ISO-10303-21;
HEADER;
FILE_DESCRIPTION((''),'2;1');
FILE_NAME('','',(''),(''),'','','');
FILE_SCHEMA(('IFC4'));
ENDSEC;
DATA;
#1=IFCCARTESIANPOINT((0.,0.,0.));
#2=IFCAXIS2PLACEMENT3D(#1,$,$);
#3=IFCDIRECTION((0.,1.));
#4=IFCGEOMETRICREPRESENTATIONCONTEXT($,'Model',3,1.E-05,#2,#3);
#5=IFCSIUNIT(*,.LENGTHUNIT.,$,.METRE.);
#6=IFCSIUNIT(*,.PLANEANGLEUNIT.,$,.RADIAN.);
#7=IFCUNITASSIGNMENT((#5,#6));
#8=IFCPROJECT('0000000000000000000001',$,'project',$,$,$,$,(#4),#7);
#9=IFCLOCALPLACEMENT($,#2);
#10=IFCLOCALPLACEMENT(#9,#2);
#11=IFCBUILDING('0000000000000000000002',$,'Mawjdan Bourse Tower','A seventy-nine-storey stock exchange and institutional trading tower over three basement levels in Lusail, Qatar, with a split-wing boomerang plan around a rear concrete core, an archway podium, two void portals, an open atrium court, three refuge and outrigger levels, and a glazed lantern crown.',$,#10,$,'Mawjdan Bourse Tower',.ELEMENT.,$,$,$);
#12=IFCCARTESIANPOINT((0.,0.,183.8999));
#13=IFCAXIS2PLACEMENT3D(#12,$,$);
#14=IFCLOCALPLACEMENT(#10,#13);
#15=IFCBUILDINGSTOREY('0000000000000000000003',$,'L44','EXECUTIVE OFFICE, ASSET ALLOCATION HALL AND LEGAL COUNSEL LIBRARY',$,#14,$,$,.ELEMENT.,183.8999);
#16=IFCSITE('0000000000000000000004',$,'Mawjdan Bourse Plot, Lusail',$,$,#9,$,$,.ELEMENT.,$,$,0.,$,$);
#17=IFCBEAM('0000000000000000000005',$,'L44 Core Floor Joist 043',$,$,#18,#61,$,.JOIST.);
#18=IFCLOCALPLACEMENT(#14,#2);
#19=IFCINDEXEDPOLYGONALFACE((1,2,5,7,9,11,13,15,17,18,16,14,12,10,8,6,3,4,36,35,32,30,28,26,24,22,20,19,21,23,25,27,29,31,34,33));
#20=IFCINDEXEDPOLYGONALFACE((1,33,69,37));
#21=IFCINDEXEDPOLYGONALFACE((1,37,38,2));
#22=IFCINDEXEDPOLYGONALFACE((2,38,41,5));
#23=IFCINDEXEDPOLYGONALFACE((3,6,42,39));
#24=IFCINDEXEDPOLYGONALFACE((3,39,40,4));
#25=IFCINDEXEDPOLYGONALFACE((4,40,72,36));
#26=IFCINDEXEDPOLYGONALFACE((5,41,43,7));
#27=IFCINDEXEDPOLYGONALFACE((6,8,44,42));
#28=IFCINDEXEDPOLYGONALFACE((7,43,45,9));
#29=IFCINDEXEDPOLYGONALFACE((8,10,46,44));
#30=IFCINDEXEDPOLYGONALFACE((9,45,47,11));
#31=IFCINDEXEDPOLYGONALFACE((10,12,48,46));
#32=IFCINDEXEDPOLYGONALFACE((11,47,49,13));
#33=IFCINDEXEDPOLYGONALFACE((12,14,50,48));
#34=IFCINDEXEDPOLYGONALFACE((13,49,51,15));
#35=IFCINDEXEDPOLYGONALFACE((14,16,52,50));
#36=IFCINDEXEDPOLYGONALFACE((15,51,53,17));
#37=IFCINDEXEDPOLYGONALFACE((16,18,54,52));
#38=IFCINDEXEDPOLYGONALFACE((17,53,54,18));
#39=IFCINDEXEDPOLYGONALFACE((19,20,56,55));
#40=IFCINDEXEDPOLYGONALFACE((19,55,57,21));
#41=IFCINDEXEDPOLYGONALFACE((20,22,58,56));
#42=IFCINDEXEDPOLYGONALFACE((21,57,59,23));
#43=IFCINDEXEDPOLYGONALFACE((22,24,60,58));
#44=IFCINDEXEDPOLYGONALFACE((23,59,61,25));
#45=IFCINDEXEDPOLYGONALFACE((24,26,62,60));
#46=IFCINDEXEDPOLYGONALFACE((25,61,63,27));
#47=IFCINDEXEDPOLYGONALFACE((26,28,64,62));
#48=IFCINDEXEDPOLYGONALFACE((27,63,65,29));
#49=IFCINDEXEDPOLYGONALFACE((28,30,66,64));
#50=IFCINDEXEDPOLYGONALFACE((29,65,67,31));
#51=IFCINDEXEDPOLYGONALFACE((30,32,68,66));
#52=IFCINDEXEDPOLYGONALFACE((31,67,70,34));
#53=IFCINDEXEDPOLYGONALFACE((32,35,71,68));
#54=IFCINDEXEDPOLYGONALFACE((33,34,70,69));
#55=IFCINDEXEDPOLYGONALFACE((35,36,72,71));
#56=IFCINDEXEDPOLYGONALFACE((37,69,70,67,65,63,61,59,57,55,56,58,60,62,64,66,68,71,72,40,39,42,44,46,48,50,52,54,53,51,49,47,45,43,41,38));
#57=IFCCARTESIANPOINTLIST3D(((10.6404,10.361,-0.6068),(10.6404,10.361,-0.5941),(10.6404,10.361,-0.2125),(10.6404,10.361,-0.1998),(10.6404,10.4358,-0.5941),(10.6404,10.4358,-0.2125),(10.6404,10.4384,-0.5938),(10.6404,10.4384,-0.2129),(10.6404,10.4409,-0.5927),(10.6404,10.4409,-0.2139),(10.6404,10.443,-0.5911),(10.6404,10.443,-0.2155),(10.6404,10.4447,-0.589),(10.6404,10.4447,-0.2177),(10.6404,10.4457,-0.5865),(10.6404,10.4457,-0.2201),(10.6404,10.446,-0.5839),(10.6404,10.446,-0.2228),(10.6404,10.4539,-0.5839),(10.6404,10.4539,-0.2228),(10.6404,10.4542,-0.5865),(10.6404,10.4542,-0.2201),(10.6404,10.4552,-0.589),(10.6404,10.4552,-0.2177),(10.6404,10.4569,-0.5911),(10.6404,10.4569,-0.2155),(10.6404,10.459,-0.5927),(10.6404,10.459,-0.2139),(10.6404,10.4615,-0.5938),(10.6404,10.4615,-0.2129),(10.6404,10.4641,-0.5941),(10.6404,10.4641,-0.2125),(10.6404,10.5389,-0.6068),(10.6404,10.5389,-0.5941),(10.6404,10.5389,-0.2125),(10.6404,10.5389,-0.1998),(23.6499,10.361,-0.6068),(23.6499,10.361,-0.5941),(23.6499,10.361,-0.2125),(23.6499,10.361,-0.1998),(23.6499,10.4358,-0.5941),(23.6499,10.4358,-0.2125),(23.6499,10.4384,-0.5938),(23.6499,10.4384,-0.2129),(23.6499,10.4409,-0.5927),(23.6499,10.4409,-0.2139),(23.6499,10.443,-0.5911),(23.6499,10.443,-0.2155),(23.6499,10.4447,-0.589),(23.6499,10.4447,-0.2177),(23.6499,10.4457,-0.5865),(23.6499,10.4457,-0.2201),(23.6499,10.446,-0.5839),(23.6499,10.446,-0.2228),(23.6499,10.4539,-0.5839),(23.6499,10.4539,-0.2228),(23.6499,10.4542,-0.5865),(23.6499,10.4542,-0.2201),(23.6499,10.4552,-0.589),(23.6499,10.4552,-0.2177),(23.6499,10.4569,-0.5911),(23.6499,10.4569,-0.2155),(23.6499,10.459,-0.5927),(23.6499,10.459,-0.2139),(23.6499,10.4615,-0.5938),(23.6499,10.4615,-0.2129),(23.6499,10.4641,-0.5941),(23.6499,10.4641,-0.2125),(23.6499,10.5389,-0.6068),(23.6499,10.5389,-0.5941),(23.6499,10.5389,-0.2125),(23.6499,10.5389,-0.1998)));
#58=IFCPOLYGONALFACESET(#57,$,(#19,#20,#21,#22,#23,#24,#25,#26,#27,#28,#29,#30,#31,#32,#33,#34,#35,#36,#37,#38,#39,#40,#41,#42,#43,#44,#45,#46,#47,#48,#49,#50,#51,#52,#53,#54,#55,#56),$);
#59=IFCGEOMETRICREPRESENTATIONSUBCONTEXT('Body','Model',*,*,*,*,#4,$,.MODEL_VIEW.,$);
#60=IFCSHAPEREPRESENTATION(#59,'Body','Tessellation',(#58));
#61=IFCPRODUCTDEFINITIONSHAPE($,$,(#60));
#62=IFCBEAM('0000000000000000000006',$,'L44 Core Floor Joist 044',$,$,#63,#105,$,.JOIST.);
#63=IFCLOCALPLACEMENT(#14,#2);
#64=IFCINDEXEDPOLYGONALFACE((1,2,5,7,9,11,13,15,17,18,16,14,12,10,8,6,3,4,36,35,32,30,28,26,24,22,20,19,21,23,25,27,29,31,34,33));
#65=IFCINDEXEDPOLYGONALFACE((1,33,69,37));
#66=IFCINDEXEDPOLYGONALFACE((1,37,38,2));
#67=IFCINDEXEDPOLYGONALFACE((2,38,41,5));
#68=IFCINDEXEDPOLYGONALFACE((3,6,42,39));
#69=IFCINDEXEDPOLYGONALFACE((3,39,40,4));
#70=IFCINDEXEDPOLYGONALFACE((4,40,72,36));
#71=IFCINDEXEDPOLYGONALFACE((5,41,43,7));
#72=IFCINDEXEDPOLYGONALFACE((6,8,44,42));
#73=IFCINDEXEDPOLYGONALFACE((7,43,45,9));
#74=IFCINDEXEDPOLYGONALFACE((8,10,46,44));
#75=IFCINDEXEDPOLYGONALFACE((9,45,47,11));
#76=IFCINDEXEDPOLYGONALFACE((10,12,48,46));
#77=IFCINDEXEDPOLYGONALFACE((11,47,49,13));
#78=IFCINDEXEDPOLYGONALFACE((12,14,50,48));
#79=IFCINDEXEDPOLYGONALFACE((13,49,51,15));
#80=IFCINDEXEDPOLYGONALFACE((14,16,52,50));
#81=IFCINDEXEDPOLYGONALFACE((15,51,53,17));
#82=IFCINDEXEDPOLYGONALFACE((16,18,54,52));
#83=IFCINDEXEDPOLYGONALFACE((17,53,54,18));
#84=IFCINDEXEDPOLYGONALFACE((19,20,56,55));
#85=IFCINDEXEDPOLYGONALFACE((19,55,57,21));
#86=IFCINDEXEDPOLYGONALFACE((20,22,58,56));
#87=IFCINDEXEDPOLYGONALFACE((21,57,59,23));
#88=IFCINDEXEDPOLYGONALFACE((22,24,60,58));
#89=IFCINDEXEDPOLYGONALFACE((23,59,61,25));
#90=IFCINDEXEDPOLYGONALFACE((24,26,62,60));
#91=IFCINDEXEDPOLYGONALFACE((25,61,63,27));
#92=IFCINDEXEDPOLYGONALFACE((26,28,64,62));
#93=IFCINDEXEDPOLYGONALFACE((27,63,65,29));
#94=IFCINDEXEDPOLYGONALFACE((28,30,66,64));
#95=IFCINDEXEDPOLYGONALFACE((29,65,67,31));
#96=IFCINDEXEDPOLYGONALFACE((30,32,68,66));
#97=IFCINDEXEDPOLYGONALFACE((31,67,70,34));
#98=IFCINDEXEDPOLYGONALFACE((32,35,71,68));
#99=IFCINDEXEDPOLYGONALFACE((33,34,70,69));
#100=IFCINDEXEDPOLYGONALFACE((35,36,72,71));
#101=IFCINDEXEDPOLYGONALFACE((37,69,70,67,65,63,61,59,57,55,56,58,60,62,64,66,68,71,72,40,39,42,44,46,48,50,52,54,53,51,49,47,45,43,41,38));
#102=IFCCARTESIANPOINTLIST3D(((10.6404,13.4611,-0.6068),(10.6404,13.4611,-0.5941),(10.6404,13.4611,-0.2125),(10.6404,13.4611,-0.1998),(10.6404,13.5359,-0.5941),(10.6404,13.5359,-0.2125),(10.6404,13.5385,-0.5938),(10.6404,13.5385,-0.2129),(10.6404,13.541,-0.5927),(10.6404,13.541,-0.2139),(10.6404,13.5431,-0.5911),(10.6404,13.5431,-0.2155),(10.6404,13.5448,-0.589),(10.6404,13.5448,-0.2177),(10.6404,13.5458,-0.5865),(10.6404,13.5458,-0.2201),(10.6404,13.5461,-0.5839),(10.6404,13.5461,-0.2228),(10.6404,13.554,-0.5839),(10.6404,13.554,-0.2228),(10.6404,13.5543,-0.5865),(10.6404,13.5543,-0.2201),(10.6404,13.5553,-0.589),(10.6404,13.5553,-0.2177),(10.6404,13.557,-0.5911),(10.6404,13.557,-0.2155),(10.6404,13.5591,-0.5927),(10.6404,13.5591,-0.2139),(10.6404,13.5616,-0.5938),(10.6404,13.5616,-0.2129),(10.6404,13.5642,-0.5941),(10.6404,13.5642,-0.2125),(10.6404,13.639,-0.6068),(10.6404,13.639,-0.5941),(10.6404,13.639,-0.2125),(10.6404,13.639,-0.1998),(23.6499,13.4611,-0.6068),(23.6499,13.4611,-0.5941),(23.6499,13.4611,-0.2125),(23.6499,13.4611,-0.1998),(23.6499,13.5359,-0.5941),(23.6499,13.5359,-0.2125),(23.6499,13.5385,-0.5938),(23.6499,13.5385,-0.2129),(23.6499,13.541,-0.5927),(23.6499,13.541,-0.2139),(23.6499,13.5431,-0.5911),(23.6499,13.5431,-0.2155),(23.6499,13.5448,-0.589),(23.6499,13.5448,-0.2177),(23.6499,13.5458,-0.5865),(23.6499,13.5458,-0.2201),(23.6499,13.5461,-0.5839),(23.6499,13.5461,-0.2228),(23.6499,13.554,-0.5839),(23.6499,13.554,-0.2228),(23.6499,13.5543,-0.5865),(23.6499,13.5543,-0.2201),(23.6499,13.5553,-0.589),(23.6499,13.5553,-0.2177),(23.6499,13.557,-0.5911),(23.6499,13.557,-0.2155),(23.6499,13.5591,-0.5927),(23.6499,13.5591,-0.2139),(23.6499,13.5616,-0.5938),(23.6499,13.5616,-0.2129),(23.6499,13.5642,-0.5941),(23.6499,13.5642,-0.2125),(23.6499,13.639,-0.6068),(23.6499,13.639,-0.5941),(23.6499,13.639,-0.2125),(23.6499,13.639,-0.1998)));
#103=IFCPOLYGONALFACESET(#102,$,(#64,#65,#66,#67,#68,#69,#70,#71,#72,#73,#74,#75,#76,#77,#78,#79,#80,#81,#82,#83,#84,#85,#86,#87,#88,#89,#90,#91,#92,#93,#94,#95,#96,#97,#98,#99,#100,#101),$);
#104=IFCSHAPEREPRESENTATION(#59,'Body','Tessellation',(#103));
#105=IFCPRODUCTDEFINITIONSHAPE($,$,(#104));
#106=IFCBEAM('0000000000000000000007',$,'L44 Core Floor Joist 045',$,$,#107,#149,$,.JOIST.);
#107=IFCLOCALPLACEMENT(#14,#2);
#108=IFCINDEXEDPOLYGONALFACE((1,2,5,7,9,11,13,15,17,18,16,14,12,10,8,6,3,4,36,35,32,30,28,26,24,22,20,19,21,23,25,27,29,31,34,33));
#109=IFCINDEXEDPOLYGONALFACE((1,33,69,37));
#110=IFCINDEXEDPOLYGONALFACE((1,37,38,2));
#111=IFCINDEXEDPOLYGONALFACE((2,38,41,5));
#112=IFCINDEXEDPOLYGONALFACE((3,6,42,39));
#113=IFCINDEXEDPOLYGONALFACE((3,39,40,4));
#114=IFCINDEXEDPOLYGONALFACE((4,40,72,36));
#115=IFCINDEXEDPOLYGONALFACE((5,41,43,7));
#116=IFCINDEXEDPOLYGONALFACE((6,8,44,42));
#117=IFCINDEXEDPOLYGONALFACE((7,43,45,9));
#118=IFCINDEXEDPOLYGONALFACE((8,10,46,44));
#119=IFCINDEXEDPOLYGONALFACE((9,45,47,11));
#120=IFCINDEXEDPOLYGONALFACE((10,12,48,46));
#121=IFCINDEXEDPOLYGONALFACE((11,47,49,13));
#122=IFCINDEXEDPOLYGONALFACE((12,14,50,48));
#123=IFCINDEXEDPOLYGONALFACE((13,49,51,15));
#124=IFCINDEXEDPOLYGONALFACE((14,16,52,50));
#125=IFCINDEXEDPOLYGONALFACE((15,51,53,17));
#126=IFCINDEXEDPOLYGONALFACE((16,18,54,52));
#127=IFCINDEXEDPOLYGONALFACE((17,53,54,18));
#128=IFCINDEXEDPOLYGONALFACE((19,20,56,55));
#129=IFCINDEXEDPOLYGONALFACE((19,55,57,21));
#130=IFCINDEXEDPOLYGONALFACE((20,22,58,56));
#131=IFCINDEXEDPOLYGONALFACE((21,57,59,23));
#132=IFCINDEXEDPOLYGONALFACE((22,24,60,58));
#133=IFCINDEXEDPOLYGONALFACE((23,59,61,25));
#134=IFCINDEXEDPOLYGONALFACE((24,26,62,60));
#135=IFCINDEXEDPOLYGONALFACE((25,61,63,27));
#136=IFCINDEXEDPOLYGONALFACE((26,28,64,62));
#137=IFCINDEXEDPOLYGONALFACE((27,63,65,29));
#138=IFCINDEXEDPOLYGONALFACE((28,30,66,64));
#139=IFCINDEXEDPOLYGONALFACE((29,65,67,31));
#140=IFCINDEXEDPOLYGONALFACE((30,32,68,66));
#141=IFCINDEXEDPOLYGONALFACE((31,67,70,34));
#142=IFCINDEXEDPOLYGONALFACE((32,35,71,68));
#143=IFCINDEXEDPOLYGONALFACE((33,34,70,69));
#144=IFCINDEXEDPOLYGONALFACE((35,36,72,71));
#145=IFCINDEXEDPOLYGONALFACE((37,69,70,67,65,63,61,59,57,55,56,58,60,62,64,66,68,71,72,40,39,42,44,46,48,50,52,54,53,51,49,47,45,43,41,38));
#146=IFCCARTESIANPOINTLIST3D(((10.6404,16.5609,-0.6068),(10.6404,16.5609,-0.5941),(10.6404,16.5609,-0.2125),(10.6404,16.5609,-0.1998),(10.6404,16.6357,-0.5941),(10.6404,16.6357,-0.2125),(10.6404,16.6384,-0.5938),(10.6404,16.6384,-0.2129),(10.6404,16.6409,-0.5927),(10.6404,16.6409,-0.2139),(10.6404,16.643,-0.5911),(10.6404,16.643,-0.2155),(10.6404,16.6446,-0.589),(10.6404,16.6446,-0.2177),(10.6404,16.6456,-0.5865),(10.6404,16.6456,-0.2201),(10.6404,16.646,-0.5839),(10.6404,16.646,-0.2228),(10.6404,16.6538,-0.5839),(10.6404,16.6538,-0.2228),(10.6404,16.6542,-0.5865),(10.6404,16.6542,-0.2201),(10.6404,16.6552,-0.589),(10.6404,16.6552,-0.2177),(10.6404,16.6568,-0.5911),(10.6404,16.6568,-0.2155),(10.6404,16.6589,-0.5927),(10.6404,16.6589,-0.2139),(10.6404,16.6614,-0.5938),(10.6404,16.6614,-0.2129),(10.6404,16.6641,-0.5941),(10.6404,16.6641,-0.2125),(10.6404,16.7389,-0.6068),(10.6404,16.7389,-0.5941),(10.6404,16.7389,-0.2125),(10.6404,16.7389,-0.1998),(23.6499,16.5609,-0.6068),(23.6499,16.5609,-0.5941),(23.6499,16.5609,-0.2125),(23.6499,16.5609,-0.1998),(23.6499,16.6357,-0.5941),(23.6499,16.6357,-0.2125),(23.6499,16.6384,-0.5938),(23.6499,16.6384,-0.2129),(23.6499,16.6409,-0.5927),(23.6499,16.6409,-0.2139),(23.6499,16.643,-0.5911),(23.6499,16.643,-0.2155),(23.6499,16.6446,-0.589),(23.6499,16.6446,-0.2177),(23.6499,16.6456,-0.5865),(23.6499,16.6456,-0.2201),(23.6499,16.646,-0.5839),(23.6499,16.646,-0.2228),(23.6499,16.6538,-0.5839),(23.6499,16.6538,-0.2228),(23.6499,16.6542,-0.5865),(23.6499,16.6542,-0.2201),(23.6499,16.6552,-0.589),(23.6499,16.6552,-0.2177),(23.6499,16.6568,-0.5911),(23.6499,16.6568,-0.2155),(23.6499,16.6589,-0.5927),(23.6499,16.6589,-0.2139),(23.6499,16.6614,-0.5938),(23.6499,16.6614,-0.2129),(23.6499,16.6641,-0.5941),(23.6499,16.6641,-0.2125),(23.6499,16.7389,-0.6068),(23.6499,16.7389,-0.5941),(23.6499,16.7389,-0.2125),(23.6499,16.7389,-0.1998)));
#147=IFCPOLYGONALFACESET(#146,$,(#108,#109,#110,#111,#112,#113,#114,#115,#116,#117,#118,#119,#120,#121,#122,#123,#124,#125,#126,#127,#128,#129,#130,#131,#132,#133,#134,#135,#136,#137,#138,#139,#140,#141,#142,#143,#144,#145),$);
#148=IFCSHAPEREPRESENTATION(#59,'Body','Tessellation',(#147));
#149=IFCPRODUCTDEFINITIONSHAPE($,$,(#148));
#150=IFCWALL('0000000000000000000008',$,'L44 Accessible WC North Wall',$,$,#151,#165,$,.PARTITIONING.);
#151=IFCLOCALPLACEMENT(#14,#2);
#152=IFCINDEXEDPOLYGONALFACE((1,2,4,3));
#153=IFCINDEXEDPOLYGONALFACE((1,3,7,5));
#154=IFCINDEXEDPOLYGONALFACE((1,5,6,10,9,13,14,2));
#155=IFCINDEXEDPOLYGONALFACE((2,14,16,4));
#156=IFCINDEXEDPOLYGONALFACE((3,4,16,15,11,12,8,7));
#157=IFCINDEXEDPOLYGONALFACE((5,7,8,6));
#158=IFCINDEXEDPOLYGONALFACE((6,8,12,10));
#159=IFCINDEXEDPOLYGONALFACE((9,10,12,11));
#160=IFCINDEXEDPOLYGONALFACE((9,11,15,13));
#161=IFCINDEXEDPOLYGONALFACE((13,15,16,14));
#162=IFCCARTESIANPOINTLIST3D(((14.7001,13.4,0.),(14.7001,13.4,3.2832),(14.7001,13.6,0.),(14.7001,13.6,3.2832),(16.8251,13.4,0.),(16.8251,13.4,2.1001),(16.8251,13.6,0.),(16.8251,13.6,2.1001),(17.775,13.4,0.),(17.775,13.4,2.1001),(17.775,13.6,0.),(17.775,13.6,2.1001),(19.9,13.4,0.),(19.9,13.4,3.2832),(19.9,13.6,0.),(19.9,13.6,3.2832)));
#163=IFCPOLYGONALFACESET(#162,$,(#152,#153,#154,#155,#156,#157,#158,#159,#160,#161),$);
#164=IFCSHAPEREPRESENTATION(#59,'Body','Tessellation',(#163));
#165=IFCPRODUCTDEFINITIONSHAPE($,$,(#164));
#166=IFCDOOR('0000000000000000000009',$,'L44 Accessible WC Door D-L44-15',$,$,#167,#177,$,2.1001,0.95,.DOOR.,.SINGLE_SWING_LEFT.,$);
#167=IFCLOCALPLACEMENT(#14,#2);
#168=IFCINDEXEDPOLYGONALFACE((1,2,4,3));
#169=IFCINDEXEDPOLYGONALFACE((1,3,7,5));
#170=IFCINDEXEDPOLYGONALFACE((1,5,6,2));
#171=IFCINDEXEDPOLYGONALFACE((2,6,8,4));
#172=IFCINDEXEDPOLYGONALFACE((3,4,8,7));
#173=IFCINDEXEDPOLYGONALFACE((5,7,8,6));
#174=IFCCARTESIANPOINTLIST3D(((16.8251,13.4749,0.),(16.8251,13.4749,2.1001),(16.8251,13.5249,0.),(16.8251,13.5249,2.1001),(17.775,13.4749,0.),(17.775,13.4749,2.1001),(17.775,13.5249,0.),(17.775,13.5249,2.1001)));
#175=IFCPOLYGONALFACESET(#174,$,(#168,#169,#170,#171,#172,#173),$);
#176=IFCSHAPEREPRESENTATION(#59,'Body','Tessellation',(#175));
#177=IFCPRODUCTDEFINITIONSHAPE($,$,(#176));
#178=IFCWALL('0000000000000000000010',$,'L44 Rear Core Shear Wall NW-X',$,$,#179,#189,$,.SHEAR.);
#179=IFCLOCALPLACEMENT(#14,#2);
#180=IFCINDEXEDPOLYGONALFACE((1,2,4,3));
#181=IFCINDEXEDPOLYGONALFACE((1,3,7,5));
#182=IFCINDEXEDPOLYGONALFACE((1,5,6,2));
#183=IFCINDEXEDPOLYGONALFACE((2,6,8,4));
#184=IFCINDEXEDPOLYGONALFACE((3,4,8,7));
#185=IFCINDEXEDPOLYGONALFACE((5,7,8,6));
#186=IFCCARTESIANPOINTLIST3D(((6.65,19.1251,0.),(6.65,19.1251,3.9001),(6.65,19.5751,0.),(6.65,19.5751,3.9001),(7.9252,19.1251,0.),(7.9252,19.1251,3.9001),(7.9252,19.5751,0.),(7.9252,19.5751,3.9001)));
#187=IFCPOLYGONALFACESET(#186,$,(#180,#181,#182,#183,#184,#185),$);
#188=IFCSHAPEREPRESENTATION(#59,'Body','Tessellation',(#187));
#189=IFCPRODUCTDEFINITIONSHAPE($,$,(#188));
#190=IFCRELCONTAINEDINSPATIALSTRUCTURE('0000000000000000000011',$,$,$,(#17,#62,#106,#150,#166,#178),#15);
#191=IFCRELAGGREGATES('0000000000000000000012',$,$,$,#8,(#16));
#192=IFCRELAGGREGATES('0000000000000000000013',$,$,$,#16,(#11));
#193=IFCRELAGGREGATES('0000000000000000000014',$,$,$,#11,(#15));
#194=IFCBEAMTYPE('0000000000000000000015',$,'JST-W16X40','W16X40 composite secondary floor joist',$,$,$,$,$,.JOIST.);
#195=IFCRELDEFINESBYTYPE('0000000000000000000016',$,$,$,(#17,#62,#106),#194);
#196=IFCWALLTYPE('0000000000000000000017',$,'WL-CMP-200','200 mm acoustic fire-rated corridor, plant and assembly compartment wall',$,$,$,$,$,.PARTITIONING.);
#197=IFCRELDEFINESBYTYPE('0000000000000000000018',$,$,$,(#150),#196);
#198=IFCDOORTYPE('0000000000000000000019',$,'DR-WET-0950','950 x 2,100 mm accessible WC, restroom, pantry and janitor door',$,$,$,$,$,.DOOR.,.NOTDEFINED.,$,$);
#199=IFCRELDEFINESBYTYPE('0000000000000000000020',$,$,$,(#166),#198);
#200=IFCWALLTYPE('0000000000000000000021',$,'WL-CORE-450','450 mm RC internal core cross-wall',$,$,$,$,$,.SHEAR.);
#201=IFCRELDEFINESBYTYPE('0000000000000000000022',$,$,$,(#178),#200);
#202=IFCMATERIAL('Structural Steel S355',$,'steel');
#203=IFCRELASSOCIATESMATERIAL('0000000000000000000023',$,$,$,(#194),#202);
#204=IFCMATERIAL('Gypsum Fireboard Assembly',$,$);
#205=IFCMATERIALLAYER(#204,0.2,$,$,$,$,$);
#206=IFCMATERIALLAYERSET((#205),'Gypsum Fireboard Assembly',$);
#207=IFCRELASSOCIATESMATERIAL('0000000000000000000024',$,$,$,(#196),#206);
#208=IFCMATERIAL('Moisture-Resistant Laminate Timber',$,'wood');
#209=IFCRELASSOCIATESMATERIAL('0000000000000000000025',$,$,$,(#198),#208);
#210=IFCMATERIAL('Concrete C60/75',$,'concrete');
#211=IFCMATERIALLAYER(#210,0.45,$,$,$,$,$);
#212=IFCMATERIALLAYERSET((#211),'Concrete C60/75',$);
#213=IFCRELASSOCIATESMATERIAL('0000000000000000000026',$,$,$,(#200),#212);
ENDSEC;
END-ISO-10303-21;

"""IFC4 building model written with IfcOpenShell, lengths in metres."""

from ifc_helpers import new_model, si_unit, direction, frame, frame_2d, origin, origin_2d, place, context, subcontext, project, spatial, rectangle, i_section, extrude, material, layer, layer_set, material_profile, profile_set, type_object, element, fill, save


model = new_model("IFC4")

# Units and contexts
model_context = context("Model", 3, precision=1e-05, world=origin(), true_north=direction((0.0, 1.0)))
body_context = subcontext(model_context, "Body", "Model", "MODEL_VIEW")
ifc_project = project(units=[si_unit("LENGTHUNIT", "METRE"), si_unit("PLANEANGLEUNIT", "RADIAN")], contexts=[model_context])

# Site, building, storey
site_placement = place(None, origin())
site = spatial("IfcSite", under=ifc_project, at=site_placement, Name="Mawjdan Bourse Plot, Lusail", CompositionType="ELEMENT", RefElevation=0.0)
building_placement = place(site_placement, origin())
building = spatial("IfcBuilding", under=site, at=building_placement, Name="Mawjdan Bourse Tower", Description="A seventy-nine-storey stock exchange and institutional trading tower over three basement levels in Lusail, Qatar, with a split-wing boomerang plan around a rear concrete core, an archway podium, two void portals, an open atrium court, three refuge and outrigger levels, and a glazed lantern crown.", LongName="Mawjdan Bourse Tower", CompositionType="ELEMENT")
storey_placement = place(building_placement, frame((0.0, 0.0, 183.8999)))
storey = spatial("IfcBuildingStorey", under=building, at=storey_placement, Name="L44", Description="EXECUTIVE OFFICE, ASSET ALLOCATION HALL AND LEGAL COUNSEL LIBRARY", CompositionType="ELEMENT", Elevation=183.8999)

# Beams
ifc_material_1 = material(Name="Structural Steel S355", Category="steel")
ifc_material_profile = material_profile(ifc_material_1, i_section(OverallWidth=0.178, OverallDepth=0.407, WebThickness=0.0078, FlangeThickness=0.0127, FilletRadius=0.0103, at=origin_2d()), Name="W16X40")
ifc_profile_set = profile_set([ifc_material_profile], Name="Structural Steel S355")
beam_type = type_object("IfcBeamType", Name="JST-W16X40", Description="W16X40 composite secondary floor joist", PredefinedType="JOIST", material=ifc_profile_set)
for number, where, z_axis, x_axis, name in (
    (1, (10.6404, 10.45, -0.4033), (1.0, 0.0, 0.0), (0.0, 1.0, 0.0), "L44 Core Floor Joist 043"),
    (2, (10.6404, 13.55, -0.4033), (1.0, 0.0, 0.0), (0.0, 1.0, 0.0), "L44 Core Floor Joist 044"),
    (3, (10.6404, 16.6499, -0.4033), (1.0, 0.0, 0.0), (0.0, 1.0, 0.0), "L44 Core Floor Joist 045"),
):
    element("IfcBeam", number, at=place(storey_placement, frame(where, z_axis=z_axis, x_axis=x_axis)), inside=storey, type_object=beam_type, Name=name, PredefinedType="JOIST", context=body_context, shape_type="SweptSolid", body=[
        extrude(i_section(OverallWidth=0.178, OverallDepth=0.407, WebThickness=0.0078, FlangeThickness=0.0127, FilletRadius=0.0103, at=origin_2d()), origin(), (0.0, 0.0, 1.0), 13.0095),
    ])

# Wall, opening, door
ifc_material_2 = material(Name="Gypsum Fireboard Assembly")
ifc_layer_1 = layer(ifc_material_2, 0.2)
ifc_layer_set_1 = layer_set([ifc_layer_1], Name="Gypsum Fireboard Assembly")
wall_type_1 = type_object("IfcWallType", Name="WL-CMP-200", Description="200 mm acoustic fire-rated corridor, plant and assembly compartment wall", PredefinedType="PARTITIONING", material=ifc_layer_set_1)
wall_1_placement = place(storey_placement, frame((14.7, 13.5, 0.0), z_axis=(0.0, 0.0, 1.0), x_axis=(1.0, 0.0, 0.0)))
wall_1 = element("IfcWall", 4, at=wall_1_placement, inside=storey, type_object=wall_type_1, Name="L44 Accessible WC North Wall", PredefinedType="PARTITIONING", context=body_context, shape_type="SweptSolid", body=[
    extrude(rectangle(XDim=5.2, YDim=0.2, at=frame_2d((2.6001, 0.0))), origin(), (0.0, 0.0, 1.0), 3.2832),
])
opening_1_placement = place(wall_1_placement, frame((2.125, 0.0, 0.0)))
opening_1 = element("IfcOpeningElement", 5, at=opening_1_placement, cuts=wall_1, PredefinedType="OPENING", context=body_context, shape_type="SweptSolid", body=[
    extrude(rectangle(XDim=0.95, YDim=2.1001, at=frame_2d((0.4751, 1.05))), frame((0.0, 0.1099, 0.0), z_axis=(0.0, -1.0, 0.0), x_axis=(1.0, 0.0, 0.0)), (0.0, 0.0, 1.0), 0.22),
])
ifc_material_3 = material(Name="Moisture-Resistant Laminate Timber", Category="wood")
door_type_1 = type_object("IfcDoorType", Name="DR-WET-0950", Description="950 x 2,100 mm accessible WC, restroom, pantry and janitor door", OperationType="NOTDEFINED", PredefinedType="DOOR", material=ifc_material_3)
door_1_placement = place(opening_1_placement, origin())
door_1 = element("IfcDoor", 6, at=door_1_placement, inside=storey, type_object=door_type_1, Name="L44 Accessible WC Door D-L44-15", OperationType="SINGLE_SWING_LEFT", OverallHeight=2.1001, OverallWidth=0.95, PredefinedType="DOOR", context=body_context, shape_type="SweptSolid", body=[
    extrude(rectangle(XDim=0.95, YDim=2.1001, at=frame_2d((0.4751, 1.05))), frame((0.0, 0.0249, 0.0), z_axis=(0.0, -1.0, 0.0), x_axis=(1.0, 0.0, 0.0)), (0.0, 0.0, 1.0), 0.05),
])
fill(opening_1, door_1)

# Wall
ifc_material_4 = material(Name="Concrete C60/75", Category="concrete")
ifc_layer_2 = layer(ifc_material_4, 0.45)
ifc_layer_set_2 = layer_set([ifc_layer_2], Name="Concrete C60/75")
wall_type_2 = type_object("IfcWallType", Name="WL-CORE-450", Description="450 mm RC internal core cross-wall", PredefinedType="SHEAR", material=ifc_layer_set_2)
wall_2_placement = place(storey_placement, frame((6.6499, 19.3501, 0.0), z_axis=(0.0, 0.0, 1.0), x_axis=(1.0, 0.0, 0.0)))
element("IfcWall", 7, at=wall_2_placement, inside=storey, type_object=wall_type_2, Name="L44 Rear Core Shear Wall NW-X", PredefinedType="SHEAR", context=body_context, shape_type="SweptSolid", body=[
    extrude(rectangle(XDim=1.2751, YDim=0.45, at=frame_2d((0.6377, 0.0))), origin(), (0.0, 0.0, 1.0), 3.9001),
])

save(model, "model.ifc")
